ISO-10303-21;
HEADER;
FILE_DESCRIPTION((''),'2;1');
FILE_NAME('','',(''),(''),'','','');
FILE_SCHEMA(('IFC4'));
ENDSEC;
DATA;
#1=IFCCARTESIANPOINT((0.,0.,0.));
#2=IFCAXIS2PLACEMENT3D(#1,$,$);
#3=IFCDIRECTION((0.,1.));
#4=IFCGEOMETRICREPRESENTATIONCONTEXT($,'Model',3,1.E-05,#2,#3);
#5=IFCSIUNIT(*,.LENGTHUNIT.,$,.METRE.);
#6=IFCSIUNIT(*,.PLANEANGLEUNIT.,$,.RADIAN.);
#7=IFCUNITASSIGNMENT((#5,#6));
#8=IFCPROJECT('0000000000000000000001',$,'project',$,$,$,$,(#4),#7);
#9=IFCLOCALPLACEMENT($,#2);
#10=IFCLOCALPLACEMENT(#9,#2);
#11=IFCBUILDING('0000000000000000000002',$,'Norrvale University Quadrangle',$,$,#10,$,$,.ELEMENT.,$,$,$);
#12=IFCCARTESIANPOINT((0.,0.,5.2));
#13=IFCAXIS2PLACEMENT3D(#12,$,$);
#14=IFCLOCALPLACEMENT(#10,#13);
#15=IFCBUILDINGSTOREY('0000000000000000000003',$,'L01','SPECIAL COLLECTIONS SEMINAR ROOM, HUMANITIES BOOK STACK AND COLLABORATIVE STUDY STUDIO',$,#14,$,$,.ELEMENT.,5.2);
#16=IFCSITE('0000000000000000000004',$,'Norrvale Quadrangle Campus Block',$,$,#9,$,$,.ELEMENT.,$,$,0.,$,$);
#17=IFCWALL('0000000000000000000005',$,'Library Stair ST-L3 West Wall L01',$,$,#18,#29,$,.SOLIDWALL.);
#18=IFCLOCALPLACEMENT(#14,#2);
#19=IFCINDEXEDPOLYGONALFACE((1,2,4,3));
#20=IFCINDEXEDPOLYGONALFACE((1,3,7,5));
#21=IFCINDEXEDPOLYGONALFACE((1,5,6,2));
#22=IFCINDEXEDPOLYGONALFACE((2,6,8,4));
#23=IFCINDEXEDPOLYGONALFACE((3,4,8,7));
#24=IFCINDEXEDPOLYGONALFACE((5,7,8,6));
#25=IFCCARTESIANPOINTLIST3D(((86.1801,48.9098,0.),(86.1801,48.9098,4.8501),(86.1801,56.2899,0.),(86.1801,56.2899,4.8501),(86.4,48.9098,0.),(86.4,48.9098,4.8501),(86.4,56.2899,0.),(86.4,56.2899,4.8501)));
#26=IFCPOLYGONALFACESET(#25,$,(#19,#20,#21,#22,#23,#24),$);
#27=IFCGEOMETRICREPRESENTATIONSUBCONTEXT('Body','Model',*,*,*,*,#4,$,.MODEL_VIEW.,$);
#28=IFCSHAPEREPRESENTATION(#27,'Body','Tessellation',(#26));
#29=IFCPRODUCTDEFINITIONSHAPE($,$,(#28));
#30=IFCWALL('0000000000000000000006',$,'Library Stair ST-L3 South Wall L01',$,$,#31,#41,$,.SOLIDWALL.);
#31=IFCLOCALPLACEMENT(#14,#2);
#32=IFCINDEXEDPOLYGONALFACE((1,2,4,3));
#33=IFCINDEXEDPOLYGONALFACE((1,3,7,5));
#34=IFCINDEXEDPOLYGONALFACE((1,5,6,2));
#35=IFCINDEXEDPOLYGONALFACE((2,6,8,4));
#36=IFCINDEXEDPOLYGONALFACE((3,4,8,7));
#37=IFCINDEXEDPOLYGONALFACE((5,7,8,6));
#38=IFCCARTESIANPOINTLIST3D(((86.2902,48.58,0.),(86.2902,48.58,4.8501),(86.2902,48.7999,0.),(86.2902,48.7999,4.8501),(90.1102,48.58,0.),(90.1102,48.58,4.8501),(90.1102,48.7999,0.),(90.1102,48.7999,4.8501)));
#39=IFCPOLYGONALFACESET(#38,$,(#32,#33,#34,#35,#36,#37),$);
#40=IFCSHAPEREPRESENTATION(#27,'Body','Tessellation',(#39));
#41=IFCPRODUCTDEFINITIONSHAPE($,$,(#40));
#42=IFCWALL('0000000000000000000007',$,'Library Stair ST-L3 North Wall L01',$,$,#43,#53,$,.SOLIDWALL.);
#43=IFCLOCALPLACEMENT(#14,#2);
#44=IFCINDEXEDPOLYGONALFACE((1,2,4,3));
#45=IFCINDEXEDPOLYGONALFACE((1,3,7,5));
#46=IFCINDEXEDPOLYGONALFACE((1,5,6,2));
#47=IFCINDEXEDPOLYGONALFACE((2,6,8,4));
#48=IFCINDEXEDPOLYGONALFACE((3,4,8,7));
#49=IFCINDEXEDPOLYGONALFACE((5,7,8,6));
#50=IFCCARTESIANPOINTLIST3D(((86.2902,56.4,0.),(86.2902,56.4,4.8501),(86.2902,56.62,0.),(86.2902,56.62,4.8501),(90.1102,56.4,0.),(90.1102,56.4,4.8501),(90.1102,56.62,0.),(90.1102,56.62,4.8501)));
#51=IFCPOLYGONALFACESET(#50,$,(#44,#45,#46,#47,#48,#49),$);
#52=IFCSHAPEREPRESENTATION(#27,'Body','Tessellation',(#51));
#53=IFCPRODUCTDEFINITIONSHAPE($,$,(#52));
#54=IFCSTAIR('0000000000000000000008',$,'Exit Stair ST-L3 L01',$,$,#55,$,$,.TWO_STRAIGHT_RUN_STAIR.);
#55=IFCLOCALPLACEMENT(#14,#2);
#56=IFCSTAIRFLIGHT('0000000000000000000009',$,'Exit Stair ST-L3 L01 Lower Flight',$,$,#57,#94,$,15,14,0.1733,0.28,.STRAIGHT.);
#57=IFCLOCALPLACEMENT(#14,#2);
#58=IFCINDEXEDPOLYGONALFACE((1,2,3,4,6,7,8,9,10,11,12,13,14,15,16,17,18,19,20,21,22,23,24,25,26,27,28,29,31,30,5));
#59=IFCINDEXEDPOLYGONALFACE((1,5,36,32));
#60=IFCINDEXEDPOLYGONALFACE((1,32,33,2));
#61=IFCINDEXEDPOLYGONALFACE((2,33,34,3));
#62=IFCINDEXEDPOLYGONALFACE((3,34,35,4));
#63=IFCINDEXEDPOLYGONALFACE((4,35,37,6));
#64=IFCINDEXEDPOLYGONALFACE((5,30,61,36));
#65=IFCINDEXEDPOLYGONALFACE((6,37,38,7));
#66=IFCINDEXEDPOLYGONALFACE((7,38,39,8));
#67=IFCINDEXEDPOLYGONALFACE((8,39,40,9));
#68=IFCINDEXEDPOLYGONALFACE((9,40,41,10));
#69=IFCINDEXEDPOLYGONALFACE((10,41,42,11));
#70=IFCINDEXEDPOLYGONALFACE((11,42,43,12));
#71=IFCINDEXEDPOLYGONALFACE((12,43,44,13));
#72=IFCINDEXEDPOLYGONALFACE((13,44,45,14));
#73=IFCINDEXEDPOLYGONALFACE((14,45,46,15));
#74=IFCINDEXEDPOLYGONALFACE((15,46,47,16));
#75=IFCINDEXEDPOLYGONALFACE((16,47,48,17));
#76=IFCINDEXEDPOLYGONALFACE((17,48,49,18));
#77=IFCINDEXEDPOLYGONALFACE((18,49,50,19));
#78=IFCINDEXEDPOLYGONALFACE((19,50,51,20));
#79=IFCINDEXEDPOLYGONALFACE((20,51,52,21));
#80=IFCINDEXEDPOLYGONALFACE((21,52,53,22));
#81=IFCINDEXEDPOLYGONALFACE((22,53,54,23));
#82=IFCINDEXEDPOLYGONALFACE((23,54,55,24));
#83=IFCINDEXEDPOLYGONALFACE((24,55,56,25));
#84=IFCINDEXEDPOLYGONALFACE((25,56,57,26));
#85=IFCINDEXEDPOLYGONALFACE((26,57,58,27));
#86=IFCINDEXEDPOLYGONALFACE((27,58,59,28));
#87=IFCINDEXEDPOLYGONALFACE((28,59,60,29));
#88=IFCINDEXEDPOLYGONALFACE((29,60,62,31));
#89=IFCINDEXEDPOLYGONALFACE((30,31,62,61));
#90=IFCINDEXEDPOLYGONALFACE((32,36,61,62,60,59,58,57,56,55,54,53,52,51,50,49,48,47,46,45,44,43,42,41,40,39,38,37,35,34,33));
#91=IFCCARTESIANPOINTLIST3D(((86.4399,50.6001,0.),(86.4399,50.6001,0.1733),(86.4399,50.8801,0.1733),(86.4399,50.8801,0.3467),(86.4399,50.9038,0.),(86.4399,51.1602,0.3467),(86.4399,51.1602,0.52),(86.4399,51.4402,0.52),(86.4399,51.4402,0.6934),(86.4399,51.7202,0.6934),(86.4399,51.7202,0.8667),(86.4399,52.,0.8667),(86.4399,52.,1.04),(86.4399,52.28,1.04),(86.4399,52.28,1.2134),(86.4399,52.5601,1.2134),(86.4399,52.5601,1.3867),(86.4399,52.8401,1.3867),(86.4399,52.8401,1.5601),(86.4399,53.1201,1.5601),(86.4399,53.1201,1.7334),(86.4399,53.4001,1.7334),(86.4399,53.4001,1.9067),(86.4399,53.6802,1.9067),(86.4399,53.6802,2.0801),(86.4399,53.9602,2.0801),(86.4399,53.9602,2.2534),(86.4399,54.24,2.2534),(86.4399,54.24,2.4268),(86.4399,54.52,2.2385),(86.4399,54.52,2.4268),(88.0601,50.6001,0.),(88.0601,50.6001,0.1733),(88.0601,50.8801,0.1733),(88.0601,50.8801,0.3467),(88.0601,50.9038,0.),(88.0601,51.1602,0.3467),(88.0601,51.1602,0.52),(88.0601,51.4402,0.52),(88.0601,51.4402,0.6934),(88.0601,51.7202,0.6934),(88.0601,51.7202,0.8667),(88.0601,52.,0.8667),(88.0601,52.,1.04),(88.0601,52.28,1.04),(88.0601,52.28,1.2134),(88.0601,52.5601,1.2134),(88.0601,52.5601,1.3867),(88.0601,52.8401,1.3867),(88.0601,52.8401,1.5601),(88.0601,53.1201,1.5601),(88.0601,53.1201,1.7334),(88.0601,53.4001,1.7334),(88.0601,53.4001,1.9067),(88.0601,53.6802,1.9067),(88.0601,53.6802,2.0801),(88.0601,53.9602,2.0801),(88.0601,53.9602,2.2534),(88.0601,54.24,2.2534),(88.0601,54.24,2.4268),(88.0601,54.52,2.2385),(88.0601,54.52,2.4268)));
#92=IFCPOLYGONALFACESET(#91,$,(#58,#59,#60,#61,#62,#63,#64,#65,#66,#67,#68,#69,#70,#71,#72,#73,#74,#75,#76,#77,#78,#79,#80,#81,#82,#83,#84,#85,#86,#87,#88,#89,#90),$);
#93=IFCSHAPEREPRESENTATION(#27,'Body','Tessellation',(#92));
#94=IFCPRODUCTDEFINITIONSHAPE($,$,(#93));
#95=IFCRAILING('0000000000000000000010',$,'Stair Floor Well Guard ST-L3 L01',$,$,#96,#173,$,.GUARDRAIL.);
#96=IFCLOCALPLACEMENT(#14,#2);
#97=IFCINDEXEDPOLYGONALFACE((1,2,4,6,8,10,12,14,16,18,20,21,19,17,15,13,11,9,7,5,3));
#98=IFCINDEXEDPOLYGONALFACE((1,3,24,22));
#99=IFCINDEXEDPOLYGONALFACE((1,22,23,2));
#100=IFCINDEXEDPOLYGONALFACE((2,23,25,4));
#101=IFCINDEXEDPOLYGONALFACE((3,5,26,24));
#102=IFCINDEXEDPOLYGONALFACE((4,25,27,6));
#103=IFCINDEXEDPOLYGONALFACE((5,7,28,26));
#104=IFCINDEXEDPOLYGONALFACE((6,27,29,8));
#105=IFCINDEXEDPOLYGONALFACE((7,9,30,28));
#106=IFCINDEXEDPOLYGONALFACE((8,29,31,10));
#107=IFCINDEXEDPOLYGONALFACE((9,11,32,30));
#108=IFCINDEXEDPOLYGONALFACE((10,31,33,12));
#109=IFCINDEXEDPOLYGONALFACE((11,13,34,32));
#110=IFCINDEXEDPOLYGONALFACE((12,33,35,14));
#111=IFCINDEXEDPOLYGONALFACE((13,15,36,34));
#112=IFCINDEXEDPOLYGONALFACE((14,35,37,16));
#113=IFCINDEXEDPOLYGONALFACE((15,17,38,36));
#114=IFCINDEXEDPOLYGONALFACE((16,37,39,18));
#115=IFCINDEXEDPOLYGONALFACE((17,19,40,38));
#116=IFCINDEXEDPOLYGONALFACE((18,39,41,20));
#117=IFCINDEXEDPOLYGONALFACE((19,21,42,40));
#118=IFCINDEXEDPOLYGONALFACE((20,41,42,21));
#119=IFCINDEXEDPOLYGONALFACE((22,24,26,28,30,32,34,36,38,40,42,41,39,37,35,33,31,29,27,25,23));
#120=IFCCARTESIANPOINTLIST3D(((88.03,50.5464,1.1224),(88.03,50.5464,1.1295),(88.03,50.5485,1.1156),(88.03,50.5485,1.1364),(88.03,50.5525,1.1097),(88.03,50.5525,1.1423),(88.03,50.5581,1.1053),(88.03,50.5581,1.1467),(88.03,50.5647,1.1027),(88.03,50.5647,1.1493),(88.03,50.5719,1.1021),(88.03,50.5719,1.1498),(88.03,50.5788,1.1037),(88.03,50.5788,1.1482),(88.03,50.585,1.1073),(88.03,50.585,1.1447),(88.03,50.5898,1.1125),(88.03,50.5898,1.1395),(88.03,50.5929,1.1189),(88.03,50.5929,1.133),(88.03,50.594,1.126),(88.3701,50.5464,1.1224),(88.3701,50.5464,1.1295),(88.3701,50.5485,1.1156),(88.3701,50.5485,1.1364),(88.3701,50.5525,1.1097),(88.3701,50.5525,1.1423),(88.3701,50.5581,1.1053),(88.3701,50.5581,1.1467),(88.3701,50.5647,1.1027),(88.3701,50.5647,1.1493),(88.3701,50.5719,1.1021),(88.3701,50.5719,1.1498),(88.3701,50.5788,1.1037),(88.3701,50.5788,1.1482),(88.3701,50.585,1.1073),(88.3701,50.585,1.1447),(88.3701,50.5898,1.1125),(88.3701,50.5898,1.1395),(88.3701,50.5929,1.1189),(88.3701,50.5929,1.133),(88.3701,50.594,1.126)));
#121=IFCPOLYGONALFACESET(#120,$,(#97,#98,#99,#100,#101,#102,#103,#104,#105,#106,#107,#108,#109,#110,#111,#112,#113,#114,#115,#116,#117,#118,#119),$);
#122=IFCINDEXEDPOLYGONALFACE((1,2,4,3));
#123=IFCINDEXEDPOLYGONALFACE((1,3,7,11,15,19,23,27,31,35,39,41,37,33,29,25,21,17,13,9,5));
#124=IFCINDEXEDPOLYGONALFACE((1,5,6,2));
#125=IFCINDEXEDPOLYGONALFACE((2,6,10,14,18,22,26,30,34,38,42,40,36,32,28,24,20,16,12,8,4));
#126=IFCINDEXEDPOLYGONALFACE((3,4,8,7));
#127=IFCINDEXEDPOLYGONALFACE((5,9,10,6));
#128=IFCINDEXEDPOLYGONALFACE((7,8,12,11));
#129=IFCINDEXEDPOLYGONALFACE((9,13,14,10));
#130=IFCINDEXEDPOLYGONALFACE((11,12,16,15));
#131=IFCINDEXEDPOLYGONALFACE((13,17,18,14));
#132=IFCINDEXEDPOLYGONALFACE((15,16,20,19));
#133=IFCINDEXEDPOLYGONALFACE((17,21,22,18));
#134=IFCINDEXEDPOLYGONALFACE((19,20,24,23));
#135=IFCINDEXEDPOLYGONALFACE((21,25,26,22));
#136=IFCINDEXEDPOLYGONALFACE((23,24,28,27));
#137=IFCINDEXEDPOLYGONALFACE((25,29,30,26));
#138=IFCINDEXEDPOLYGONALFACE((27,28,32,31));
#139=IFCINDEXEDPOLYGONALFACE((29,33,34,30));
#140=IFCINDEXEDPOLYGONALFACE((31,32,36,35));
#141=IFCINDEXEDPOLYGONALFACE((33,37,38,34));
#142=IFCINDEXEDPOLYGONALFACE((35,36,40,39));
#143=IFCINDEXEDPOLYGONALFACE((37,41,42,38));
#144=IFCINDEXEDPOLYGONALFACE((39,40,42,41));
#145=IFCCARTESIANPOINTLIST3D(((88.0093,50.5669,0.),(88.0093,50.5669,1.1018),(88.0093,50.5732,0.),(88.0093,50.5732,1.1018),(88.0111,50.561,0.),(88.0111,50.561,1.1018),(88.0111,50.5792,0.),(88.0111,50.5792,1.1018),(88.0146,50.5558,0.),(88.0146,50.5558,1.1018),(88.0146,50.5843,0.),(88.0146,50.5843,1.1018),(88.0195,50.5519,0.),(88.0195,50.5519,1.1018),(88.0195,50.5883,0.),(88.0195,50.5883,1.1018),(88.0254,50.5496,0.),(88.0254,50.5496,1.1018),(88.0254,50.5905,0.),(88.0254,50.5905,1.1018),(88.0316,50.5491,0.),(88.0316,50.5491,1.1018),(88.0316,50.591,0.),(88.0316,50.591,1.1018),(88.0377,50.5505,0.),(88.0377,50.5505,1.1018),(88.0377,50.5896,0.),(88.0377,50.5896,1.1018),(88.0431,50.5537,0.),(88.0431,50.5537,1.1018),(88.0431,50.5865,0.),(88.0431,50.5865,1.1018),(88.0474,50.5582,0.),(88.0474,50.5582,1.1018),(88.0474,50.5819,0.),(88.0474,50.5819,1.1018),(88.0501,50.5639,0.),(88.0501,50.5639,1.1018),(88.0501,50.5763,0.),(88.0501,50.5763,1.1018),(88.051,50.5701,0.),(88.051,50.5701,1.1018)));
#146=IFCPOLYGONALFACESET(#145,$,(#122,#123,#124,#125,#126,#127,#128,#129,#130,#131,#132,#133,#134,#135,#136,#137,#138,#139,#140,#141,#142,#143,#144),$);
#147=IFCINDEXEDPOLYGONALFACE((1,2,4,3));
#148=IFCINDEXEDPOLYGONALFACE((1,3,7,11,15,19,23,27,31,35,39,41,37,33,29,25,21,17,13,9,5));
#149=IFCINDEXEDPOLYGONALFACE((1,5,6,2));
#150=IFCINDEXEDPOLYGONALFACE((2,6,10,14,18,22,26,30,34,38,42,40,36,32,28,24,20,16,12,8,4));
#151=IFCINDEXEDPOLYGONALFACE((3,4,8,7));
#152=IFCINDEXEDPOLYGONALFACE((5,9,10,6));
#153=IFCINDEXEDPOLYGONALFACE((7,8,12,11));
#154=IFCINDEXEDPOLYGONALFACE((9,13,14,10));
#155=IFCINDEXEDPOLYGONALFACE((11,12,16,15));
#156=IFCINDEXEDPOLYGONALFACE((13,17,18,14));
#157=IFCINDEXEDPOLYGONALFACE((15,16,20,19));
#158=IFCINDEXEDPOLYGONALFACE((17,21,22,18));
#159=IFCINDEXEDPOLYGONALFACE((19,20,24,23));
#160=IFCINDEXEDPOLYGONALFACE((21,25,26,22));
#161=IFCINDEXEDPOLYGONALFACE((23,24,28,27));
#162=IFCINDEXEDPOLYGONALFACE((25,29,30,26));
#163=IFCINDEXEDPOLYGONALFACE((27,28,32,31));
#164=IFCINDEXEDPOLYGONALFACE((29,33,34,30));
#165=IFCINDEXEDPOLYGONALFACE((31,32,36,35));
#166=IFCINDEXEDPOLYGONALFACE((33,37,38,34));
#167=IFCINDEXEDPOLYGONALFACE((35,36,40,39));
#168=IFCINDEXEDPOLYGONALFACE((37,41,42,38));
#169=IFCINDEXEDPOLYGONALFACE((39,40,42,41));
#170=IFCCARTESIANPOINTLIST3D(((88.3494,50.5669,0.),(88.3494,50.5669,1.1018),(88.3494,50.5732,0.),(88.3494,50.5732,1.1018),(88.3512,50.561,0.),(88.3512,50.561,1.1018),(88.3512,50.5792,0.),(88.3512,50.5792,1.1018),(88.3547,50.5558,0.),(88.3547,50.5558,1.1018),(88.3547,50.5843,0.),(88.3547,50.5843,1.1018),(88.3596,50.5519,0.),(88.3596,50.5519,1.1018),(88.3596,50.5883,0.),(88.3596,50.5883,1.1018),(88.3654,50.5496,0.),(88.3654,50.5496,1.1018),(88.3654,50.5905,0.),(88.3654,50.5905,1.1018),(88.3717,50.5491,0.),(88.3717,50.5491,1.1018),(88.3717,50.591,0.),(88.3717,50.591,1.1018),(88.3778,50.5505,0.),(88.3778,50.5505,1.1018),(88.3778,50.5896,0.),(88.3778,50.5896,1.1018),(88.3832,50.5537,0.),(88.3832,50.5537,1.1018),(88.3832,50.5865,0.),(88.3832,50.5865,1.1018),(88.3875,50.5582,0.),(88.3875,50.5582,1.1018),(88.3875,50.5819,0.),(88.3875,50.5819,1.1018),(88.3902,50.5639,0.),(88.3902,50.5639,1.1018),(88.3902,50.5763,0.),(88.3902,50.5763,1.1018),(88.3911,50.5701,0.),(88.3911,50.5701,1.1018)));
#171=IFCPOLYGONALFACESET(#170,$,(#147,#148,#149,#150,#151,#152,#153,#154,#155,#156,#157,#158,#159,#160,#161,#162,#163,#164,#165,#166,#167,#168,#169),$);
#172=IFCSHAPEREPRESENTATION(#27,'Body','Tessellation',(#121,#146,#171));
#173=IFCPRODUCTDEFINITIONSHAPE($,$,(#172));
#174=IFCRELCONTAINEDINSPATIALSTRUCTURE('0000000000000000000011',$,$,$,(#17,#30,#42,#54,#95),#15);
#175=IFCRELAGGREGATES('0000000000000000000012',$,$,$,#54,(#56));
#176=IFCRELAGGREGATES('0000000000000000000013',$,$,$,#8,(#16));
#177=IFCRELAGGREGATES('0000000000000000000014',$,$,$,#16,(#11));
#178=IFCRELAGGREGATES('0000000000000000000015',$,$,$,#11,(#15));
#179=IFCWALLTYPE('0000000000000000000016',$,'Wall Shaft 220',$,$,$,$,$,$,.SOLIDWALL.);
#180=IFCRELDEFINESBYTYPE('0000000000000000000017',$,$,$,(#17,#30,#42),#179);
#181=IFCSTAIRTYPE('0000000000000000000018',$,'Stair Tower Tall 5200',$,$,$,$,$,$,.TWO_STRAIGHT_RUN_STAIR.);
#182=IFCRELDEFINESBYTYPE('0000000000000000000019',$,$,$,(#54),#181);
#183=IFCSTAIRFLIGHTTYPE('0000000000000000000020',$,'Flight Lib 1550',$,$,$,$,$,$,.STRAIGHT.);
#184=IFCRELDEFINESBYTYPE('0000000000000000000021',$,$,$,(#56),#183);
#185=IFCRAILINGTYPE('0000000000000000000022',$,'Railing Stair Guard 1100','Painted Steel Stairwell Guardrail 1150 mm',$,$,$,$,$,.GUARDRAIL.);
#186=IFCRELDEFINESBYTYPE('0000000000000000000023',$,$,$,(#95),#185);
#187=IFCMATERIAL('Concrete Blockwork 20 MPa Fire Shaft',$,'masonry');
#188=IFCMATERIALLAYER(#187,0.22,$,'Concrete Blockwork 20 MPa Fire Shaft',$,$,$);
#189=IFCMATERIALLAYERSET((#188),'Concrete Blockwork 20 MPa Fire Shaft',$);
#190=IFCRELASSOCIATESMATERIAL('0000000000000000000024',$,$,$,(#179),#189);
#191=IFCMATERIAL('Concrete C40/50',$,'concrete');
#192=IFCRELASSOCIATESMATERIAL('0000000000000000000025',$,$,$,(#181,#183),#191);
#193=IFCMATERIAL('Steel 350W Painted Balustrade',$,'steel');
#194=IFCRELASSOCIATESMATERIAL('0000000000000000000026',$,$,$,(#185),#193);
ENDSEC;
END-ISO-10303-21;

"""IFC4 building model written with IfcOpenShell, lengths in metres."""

from ifc_helpers import new_model, si_unit, direction, frame, frame_2d, origin, origin_2d, place, context, subcontext, project, spatial, polyline, rectangle, circle, outline, extrude, material, layer, layer_set, type_object, element, aggregate, save


model = new_model("IFC4")

# Units and contexts
model_context = context("Model", 3, precision=1e-05, world=origin(), true_north=direction((0.0, 1.0)))
body_context = subcontext(model_context, "Body", "Model", "MODEL_VIEW")
ifc_project = project(units=[si_unit("LENGTHUNIT", "METRE"), si_unit("PLANEANGLEUNIT", "RADIAN")], contexts=[model_context])

# Site, building, storey
site_placement = place(None, origin())
site = spatial("IfcSite", under=ifc_project, at=site_placement, Name="Norrvale Quadrangle Campus Block", CompositionType="ELEMENT", RefElevation=0.0)
building_placement = place(site_placement, origin())
building = spatial("IfcBuilding", under=site, at=building_placement, Name="Norrvale University Quadrangle", CompositionType="ELEMENT")
storey_placement = place(building_placement, frame((0.0, 0.0, 5.2)))
storey = spatial("IfcBuildingStorey", under=building, at=storey_placement, Name="L01", Description="SPECIAL COLLECTIONS SEMINAR ROOM, HUMANITIES BOOK STACK AND COLLABORATIVE STUDY STUDIO", CompositionType="ELEMENT", Elevation=5.2)

# Walls
ifc_material_1 = material(Name="Concrete Blockwork 20 MPa Fire Shaft", Category="masonry")
ifc_layer_1 = layer(ifc_material_1, 0.22, Name="Concrete Blockwork 20 MPa Fire Shaft")
ifc_layer_set_1 = layer_set([ifc_layer_1], Name="Concrete Blockwork 20 MPa Fire Shaft")
wall_type_1 = type_object("IfcWallType", Name="Wall Shaft 220", PredefinedType="SOLIDWALL", material=ifc_layer_set_1)
wall_1_placement = place(storey_placement, frame((86.29, 48.9099, 0.0), z_axis=(0.0, 0.0, 1.0), x_axis=(0.0, 1.0, 0.0)))
element("IfcWall", 1, at=wall_1_placement, inside=storey, type_object=wall_type_1, Name="Library Stair ST-L3 West Wall L01", PredefinedType="SOLIDWALL", context=body_context, shape_type="SweptSolid", body=[
    extrude(rectangle(XDim=7.3801, YDim=0.22, at=frame_2d((3.6899, 0.0))), origin(), (0.0, 0.0, 1.0), 4.8501),
])
for number, where, z_axis, x_axis, name in (
    (2, (86.29, 48.6899, 0.0), (0.0, 0.0, 1.0), (1.0, 0.0, 0.0), "Library Stair ST-L3 South Wall L01"),
    (3, (86.29, 56.51, 0.0), (0.0, 0.0, 1.0), (1.0, 0.0, 0.0), "Library Stair ST-L3 North Wall L01"),
):
    element("IfcWall", number, at=place(storey_placement, frame(where, z_axis=z_axis, x_axis=x_axis)), inside=storey, type_object=wall_type_1, Name=name, PredefinedType="SOLIDWALL", context=body_context, shape_type="SweptSolid", body=[
        extrude(rectangle(XDim=3.8201, YDim=0.22, at=frame_2d((1.9102, 0.0))), origin(), (0.0, 0.0, 1.0), 4.8501),
    ])

# Stair, stair flight
ifc_material_2 = material(Name="Concrete C40/50", Category="concrete")
stair_type = type_object("IfcStairType", Name="Stair Tower Tall 5200", PredefinedType="TWO_STRAIGHT_RUN_STAIR", material=ifc_material_2)
stair_placement = place(storey_placement, origin())
stair = element("IfcStair", 4, at=stair_placement, inside=storey, type_object=stair_type, Name="Exit Stair ST-L3 L01", PredefinedType="TWO_STRAIGHT_RUN_STAIR")
stair_flight_type = type_object("IfcStairFlightType", Name="Flight Lib 1550", PredefinedType="STRAIGHT", material=ifc_material_2)
stair_flight_placement = place(storey_placement, frame((87.25, 50.6001, 0.0), z_axis=(0.0, 0.0, 1.0), x_axis=(0.0, 1.0, 0.0)))
stair_flight = element("IfcStairFlight", 5, at=stair_flight_placement, type_object=stair_flight_type, Name="Exit Stair ST-L3 L01 Lower Flight", NumberOfRisers=15, NumberOfTreads=14, PredefinedType="STRAIGHT", RiserHeight=0.1733, TreadLength=0.28, context=body_context, shape_type="SweptSolid", body=[
    extrude(outline(polyline([(0.0, 0.0), (0.0, 0.1733), (0.28, 0.1733), (0.28, 0.3467), (0.5601, 0.3467), (0.5601, 0.52), (0.8401, 0.52), (0.8401, 0.6934), (1.1201, 0.6934), (1.1201, 0.8667), (1.3999, 0.8667), (1.3999, 1.04), (1.6799, 1.04), (1.6799, 1.2134), (1.96, 1.2134), (1.96, 1.3867), (2.24, 1.3867), (2.24, 1.5601), (2.52, 1.5601), (2.52, 1.7334), (2.8, 1.7334), (2.8, 1.9067), (3.0801, 1.9067), (3.0801, 2.0801), (3.3601, 2.0801), (3.3601, 2.2534), (3.6399, 2.2534), (3.6399, 2.4268), (3.9199, 2.4268), (3.9199, 2.6001), (3.9199, 2.2385), (0.3037, 0.0), (0.0, 0.0)])), frame((0.0, 0.8101, 0.0), z_axis=(0.0, -1.0, 0.0), x_axis=(1.0, 0.0, 0.0)), (0.0, 0.0, 1.0), 1.6201),
])
aggregate(stair, [stair_flight])

# Railing
ifc_material_3 = material(Name="Steel 350W Painted Balustrade", Category="steel")
railing_type_1 = type_object("IfcRailingType", Name="Railing Stair Guard 1100", Description="Painted Steel Stairwell Guardrail 1150 mm", PredefinedType="GUARDRAIL", material=ifc_material_3)
for number, where, name in (
    (6, (88.03, 50.5701, 0.0), "Stair Floor Well Guard ST-L3 L01"),
):
    element("IfcRailing", number, at=place(storey_placement, frame(where)), inside=storey, type_object=railing_type_1, Name=name, PredefinedType="GUARDRAIL", context=body_context, shape_type="SweptSolid", body=[
        extrude(circle(Radius=0.0239, at=origin_2d()), frame((0.0, 0.0, 1.126), z_axis=(1.0, 0.0, 0.0), x_axis=(0.0, 1.0, 0.0)), (0.0, 0.0, 1.0), 0.3401),
        extrude(circle(Radius=0.021, at=origin_2d()), origin(), (0.0, 0.0, 1.0), 1.1018),
        extrude(circle(Radius=0.021, at=origin_2d()), frame((0.3401, 0.0, 0.0)), (0.0, 0.0, 1.0), 1.1018),
    ])

save(model, "model.ifc")
